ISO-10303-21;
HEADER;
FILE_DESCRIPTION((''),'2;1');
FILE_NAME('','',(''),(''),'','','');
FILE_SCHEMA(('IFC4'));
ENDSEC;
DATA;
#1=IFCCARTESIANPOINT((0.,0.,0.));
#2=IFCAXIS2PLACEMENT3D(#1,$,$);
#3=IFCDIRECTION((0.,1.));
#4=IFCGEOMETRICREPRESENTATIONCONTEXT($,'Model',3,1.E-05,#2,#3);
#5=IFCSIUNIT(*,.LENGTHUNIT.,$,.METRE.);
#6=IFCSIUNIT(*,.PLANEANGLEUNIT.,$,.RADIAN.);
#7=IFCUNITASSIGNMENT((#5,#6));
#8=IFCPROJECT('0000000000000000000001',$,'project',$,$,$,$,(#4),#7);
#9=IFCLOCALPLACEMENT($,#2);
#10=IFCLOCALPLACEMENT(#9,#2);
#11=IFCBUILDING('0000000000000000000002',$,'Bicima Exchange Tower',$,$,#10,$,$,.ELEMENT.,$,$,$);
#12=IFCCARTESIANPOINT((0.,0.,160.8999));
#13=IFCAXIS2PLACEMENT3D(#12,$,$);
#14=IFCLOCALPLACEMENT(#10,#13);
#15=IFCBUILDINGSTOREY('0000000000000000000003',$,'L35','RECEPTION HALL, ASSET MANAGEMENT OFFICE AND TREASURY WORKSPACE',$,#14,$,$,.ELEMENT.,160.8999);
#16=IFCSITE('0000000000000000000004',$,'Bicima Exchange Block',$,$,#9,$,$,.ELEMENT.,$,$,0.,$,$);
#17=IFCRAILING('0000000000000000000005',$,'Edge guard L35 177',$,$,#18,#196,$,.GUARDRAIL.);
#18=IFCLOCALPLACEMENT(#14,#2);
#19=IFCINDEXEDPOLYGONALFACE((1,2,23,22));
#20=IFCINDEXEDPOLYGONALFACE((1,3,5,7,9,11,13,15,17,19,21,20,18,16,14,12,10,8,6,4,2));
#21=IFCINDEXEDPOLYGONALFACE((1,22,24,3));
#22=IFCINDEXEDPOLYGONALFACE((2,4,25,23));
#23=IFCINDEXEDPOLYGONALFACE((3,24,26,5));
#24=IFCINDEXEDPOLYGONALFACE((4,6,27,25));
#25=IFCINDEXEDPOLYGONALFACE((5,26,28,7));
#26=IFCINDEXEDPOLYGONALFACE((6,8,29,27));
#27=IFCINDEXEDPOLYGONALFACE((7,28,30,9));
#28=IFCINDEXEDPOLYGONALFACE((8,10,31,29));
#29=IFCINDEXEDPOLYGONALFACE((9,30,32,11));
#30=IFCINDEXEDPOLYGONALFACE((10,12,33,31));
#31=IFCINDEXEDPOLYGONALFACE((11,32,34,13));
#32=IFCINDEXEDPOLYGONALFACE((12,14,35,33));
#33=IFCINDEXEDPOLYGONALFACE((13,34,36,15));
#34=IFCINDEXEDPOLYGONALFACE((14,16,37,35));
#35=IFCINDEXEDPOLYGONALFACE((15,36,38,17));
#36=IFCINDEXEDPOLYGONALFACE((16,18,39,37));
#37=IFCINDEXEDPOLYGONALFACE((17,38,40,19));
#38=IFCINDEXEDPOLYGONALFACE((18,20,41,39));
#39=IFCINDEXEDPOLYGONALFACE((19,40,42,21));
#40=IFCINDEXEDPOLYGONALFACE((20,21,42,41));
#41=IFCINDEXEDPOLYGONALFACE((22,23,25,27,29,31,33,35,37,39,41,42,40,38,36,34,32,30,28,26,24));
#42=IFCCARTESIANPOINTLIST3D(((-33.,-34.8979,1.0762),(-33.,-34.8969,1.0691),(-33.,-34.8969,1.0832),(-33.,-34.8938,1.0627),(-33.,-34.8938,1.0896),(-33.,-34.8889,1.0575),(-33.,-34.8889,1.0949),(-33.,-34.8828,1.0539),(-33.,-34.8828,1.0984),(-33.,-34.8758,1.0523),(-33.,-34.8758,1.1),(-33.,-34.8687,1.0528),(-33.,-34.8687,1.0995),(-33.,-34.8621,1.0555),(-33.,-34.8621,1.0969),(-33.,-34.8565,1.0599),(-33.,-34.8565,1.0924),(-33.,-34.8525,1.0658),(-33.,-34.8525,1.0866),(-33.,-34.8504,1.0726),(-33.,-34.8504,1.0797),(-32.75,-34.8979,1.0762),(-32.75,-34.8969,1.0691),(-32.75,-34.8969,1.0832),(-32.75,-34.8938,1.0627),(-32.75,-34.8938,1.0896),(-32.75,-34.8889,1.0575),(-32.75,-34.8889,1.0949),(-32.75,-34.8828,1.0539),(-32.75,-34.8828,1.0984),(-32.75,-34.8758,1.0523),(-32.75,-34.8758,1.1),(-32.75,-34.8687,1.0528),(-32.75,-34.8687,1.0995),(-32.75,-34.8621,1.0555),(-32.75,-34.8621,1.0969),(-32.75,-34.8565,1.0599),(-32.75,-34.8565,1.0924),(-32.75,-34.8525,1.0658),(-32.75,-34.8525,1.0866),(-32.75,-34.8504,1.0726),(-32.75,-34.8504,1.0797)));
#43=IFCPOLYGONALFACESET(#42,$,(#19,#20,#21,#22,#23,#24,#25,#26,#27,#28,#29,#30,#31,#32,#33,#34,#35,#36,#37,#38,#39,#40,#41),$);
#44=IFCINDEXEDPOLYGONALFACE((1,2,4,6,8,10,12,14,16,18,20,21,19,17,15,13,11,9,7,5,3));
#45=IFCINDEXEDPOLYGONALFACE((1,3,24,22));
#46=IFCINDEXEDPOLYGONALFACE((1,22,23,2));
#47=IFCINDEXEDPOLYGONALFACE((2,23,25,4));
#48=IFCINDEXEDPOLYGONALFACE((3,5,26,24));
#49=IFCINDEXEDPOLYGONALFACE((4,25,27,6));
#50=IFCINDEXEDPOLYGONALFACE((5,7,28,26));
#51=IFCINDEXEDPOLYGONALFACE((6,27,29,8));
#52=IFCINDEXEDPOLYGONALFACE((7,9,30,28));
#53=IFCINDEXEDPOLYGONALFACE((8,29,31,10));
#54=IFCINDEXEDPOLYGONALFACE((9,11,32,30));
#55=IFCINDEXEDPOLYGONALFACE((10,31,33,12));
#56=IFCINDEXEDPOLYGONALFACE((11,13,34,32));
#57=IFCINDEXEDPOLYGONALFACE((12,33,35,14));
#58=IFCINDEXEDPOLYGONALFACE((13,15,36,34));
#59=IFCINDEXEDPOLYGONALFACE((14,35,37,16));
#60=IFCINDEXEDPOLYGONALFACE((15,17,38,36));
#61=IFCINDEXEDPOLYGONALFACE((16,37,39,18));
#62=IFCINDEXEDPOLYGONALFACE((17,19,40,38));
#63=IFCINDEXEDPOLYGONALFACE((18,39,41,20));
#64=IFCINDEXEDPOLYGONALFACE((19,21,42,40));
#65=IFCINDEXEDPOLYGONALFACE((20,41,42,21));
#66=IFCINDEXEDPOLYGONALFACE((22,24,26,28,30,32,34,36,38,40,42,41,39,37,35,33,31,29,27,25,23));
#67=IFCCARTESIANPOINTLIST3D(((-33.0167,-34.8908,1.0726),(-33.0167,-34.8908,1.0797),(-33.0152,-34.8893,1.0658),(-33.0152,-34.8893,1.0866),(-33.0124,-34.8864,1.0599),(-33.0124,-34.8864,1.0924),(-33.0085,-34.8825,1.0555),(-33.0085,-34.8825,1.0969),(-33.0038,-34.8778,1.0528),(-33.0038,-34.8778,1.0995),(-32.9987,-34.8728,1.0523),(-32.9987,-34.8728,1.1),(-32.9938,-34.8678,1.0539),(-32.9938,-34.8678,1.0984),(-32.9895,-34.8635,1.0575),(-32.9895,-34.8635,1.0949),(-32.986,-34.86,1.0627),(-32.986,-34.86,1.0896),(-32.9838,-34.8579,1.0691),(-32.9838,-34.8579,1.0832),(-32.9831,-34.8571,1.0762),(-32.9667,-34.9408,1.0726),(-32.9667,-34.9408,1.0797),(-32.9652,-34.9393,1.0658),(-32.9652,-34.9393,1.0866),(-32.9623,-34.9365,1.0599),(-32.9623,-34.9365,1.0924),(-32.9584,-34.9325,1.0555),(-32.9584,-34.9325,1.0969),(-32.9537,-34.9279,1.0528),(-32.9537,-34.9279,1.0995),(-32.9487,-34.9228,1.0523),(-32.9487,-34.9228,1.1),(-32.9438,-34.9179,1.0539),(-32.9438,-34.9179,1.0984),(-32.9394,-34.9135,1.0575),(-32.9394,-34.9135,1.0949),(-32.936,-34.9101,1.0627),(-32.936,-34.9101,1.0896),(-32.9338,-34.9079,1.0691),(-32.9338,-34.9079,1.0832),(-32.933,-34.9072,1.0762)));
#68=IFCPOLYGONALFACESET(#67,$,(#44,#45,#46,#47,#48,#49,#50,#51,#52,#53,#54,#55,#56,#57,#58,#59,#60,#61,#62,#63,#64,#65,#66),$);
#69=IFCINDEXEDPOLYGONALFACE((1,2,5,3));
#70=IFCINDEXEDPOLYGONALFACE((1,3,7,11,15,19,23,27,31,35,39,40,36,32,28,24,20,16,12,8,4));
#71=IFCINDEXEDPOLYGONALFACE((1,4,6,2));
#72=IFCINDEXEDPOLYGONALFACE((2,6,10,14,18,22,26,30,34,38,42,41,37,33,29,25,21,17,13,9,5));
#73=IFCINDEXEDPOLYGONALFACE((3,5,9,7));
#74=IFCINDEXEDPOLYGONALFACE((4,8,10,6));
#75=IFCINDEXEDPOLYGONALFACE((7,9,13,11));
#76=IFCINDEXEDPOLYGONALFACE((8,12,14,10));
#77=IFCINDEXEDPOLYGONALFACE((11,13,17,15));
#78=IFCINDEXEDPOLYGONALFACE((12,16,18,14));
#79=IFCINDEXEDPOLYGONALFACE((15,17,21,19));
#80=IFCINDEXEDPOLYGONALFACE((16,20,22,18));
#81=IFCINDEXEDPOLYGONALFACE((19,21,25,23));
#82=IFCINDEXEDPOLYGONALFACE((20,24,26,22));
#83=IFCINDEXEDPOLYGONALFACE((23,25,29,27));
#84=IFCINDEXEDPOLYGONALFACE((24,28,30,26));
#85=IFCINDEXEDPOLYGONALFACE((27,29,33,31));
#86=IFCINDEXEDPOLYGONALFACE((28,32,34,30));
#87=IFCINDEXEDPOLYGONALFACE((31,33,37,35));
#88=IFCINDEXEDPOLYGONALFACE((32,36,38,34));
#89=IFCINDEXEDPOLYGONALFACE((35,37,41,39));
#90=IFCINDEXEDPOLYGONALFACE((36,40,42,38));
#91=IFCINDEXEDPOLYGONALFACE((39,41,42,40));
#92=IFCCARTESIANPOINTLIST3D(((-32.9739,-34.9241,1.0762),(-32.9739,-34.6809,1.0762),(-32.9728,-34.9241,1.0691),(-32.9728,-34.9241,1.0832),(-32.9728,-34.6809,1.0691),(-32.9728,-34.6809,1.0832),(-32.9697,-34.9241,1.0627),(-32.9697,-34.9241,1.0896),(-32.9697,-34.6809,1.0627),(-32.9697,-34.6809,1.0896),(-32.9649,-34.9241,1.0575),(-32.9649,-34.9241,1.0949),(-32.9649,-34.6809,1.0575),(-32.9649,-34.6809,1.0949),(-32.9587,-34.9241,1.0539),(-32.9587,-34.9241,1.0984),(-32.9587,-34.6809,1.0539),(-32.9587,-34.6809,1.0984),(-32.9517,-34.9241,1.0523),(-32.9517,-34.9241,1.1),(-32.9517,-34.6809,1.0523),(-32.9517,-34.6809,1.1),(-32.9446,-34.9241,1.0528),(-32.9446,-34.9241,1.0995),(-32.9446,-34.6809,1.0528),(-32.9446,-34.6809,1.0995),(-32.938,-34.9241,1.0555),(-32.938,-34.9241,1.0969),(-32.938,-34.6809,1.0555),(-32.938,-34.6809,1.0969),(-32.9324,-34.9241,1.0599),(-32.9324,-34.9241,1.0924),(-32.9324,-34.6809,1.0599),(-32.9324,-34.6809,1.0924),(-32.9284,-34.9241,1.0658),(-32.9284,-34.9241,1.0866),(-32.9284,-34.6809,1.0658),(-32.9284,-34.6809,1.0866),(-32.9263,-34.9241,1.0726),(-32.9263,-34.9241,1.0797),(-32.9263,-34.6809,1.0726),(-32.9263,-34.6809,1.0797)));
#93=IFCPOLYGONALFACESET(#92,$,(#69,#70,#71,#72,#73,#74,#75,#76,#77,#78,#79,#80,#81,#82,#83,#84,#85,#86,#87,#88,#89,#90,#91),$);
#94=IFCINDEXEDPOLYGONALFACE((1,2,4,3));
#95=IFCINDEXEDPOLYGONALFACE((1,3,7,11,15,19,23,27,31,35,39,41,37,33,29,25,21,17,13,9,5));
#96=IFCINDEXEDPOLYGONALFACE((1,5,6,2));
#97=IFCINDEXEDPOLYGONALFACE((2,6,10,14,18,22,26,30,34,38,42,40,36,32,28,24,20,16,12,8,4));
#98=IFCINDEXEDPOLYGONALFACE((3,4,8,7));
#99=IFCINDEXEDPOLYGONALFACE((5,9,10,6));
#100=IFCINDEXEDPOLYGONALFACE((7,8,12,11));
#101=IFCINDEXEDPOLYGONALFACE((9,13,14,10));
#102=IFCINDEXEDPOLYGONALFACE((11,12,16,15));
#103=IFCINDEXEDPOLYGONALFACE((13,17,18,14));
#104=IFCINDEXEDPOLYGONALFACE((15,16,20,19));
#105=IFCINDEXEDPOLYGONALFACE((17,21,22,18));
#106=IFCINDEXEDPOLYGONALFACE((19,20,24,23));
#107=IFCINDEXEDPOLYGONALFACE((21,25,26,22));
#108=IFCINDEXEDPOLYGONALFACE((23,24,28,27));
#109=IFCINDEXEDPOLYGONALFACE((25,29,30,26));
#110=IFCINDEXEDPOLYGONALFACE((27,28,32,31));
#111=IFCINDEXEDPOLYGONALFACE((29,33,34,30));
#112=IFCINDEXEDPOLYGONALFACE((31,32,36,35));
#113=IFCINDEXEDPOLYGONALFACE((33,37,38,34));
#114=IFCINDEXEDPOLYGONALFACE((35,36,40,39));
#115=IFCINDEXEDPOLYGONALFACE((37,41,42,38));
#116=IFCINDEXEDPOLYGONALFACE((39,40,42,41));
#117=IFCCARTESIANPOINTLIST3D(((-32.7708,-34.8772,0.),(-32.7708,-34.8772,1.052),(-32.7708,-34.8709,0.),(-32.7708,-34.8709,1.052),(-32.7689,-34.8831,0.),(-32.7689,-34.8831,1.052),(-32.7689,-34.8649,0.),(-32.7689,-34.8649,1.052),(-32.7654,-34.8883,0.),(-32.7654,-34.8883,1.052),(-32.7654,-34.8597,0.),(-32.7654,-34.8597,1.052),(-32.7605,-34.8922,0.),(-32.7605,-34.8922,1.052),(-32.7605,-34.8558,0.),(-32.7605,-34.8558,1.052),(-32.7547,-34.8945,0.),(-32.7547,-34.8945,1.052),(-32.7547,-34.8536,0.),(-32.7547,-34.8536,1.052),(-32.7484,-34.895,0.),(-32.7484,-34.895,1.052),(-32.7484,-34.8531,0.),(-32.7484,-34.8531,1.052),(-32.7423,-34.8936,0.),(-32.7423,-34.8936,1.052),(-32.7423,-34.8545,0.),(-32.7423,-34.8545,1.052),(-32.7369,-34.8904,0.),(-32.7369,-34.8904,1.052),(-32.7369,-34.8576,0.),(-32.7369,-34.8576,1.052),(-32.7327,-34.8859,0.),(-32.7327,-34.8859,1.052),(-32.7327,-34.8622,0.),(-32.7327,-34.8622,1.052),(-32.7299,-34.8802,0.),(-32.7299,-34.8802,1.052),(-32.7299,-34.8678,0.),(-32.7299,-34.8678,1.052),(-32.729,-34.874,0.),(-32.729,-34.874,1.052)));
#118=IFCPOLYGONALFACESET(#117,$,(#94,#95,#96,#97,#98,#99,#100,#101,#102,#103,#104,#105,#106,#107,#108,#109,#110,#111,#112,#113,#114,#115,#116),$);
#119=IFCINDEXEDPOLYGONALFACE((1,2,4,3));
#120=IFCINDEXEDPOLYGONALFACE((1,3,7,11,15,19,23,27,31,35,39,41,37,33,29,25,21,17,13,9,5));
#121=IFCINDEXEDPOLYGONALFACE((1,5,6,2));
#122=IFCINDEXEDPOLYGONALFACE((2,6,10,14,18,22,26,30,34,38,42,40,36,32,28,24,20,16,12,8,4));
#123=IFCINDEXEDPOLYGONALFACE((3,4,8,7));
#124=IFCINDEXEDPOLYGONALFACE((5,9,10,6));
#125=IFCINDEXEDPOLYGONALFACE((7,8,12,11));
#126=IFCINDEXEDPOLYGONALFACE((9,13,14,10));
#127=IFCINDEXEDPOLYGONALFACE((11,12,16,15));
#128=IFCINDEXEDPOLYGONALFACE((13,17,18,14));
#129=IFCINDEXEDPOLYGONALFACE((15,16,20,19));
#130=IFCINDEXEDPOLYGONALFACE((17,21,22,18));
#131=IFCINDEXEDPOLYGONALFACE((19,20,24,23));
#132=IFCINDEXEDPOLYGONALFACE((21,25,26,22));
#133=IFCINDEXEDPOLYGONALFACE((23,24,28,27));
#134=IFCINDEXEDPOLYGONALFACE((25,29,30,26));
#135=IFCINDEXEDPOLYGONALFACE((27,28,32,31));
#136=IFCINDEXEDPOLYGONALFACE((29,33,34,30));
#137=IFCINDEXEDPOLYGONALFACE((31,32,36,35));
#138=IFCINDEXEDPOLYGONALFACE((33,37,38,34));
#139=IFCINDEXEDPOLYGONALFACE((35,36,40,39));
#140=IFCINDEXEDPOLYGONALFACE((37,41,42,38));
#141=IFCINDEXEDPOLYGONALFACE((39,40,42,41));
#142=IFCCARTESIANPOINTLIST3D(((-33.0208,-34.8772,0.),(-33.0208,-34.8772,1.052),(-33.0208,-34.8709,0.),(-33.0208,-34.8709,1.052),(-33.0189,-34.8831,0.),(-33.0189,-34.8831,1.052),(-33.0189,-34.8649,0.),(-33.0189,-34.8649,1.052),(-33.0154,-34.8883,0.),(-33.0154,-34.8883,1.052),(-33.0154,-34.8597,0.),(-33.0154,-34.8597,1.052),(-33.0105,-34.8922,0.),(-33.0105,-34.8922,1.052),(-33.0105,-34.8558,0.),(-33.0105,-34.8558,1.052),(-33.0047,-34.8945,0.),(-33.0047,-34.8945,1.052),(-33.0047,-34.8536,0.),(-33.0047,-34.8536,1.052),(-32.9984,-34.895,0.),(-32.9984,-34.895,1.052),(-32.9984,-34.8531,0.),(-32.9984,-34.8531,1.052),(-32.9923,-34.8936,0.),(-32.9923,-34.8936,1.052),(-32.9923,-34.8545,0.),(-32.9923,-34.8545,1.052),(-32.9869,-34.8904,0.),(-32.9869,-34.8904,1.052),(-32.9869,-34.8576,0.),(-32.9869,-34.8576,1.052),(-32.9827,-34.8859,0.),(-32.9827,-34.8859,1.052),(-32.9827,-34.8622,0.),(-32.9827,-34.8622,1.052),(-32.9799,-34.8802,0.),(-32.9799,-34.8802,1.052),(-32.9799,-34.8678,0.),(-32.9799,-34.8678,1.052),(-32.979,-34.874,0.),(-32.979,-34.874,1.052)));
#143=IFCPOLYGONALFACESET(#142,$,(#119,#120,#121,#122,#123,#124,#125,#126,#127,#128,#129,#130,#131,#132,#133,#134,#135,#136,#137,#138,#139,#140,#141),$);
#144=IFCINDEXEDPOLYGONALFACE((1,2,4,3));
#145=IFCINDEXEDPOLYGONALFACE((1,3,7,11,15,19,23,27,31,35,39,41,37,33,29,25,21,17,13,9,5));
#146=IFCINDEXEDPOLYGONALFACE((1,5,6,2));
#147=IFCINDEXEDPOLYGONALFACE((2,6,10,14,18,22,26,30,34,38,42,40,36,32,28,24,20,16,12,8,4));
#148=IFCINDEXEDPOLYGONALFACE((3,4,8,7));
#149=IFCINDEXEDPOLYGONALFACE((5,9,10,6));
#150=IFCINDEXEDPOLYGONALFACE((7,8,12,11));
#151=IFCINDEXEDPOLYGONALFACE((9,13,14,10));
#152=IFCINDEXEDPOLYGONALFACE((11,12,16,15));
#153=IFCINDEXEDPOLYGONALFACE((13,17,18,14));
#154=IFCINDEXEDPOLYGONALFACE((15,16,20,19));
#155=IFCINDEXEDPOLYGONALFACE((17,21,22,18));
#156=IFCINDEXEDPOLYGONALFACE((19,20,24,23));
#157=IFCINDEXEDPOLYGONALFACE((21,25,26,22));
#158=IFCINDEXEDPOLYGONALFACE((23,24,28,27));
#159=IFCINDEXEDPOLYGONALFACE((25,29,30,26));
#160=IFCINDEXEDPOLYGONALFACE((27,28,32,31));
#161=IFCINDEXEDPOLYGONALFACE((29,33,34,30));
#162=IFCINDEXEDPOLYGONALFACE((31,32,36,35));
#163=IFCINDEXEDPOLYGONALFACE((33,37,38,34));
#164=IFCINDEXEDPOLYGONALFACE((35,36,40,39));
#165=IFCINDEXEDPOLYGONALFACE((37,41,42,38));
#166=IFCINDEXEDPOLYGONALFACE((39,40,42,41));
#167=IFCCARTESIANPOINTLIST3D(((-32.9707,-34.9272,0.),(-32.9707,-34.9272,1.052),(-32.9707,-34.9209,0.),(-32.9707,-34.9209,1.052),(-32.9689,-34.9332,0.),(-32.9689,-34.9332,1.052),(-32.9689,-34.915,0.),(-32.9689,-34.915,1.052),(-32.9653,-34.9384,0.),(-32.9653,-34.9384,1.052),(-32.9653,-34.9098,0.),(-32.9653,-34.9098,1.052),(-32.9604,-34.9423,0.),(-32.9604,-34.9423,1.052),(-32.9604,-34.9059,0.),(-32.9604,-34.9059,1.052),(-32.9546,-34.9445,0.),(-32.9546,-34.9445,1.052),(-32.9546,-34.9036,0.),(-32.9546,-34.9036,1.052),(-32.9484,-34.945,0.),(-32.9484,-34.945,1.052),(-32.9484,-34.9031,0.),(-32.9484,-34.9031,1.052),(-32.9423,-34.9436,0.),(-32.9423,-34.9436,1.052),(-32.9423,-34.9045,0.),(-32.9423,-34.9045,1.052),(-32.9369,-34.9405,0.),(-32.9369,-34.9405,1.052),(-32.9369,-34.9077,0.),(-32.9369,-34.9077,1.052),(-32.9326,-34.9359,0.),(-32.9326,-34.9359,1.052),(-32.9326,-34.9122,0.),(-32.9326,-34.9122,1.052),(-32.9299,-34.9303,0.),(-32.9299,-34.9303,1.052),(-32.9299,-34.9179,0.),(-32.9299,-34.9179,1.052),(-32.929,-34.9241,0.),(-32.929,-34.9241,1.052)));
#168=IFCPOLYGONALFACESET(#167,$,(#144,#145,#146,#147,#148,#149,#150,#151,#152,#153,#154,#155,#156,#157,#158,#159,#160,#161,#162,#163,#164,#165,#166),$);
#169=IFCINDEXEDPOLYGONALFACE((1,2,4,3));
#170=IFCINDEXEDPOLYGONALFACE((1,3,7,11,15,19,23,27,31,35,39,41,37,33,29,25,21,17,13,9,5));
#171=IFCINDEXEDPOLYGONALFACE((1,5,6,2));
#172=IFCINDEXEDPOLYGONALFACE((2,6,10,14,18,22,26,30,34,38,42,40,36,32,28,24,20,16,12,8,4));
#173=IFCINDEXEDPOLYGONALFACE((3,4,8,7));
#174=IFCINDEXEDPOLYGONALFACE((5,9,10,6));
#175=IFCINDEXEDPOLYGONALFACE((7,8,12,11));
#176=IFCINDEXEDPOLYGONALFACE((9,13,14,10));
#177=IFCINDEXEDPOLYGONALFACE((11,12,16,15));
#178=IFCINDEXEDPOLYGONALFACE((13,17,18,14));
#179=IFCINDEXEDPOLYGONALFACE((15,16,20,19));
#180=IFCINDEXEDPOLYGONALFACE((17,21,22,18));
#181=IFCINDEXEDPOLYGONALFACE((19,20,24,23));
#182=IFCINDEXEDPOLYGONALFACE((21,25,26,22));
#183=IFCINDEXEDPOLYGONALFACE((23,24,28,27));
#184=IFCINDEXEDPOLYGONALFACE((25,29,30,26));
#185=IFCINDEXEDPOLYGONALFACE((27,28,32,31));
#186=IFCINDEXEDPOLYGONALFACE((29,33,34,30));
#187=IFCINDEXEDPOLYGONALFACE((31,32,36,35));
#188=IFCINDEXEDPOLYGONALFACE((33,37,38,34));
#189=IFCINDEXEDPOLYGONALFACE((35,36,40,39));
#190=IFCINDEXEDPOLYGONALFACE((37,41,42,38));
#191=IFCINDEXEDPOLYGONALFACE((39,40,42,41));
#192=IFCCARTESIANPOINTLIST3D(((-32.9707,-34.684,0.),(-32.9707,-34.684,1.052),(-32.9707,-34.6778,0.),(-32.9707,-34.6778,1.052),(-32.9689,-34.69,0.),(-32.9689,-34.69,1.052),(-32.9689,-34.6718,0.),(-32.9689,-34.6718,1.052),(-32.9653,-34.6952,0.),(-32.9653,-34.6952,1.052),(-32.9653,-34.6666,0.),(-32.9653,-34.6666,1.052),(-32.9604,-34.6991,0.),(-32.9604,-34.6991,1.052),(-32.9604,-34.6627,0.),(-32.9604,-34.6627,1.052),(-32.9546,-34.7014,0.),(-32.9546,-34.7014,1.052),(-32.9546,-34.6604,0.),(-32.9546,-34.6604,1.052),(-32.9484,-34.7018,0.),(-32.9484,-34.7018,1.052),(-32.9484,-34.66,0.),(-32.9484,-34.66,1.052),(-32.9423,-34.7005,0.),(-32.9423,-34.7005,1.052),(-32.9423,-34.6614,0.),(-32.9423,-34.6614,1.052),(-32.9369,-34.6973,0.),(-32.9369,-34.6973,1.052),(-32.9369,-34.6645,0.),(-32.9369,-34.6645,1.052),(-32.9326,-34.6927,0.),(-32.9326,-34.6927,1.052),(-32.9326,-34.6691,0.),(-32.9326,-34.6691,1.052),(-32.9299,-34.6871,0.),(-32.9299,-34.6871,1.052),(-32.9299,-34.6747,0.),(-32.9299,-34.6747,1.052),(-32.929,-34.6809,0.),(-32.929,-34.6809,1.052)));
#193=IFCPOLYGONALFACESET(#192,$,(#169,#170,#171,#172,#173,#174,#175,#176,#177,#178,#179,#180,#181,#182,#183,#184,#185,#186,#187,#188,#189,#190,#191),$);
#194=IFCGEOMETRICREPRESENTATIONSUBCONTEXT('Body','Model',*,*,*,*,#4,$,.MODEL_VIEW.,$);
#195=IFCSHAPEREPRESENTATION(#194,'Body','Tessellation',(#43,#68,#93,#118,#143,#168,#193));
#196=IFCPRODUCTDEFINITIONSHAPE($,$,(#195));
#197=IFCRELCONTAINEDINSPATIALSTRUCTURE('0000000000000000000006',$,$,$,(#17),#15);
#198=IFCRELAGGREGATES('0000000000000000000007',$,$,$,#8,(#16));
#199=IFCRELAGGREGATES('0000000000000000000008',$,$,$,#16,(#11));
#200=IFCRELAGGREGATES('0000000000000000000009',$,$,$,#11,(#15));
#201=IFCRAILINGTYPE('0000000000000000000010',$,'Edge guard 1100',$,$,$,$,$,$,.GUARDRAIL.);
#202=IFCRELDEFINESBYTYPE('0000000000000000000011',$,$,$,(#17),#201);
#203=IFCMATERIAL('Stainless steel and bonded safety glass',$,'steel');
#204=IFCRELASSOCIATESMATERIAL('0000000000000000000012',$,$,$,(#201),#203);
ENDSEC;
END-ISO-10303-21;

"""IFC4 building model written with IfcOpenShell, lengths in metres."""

from ifc_helpers import new_model, si_unit, direction, frame, origin, origin_2d, place, context, subcontext, project, spatial, circle, extrude, material, type_object, element, save


model = new_model("IFC4")

# Units and contexts
model_context = context("Model", 3, precision=1e-05, world=origin(), true_north=direction((0.0, 1.0)))
body_context = subcontext(model_context, "Body", "Model", "MODEL_VIEW")
ifc_project = project(units=[si_unit("LENGTHUNIT", "METRE"), si_unit("PLANEANGLEUNIT", "RADIAN")], contexts=[model_context])

# Site, building, storey
site_placement = place(None, origin())
site = spatial("IfcSite", under=ifc_project, at=site_placement, Name="Bicima Exchange Block", CompositionType="ELEMENT", RefElevation=0.0)
building_placement = place(site_placement, origin())
building = spatial("IfcBuilding", under=site, at=building_placement, Name="Bicima Exchange Tower", CompositionType="ELEMENT")
storey_placement = place(building_placement, frame((0.0, 0.0, 160.8999)))
storey = spatial("IfcBuildingStorey", under=building, at=storey_placement, Name="L35", Description="RECEPTION HALL, ASSET MANAGEMENT OFFICE AND TREASURY WORKSPACE", CompositionType="ELEMENT", Elevation=160.8999)

# Railing
ifc_material_1 = material(Name="Stainless steel and bonded safety glass", Category="steel")
railing_type = type_object("IfcRailingType", Name="Edge guard 1100", PredefinedType="GUARDRAIL", material=ifc_material_1)
railing_1_placement = place(storey_placement, frame((-32.75, -34.874, 0.0)))
element("IfcRailing", 1, at=railing_1_placement, inside=storey, type_object=railing_type, Name="Edge guard L35 177", PredefinedType="GUARDRAIL", context=body_context, shape_type="SweptSolid", body=[
    extrude(circle(Radius=0.0239, at=origin_2d()), frame((0.0, 0.0, 1.0762), z_axis=(-1.0, 0.0, 0.0), x_axis=(0.0, -1.0, 0.0)), (0.0, 0.0, 1.0), 0.25),
    extrude(circle(Radius=0.0239, at=origin_2d()), frame((-0.25, 0.0, 1.0762), z_axis=(0.707107, -0.707107, 0.0), x_axis=(0.707107, 0.707107, 0.0)), (0.0, 0.0, 1.0), 0.0708),
    extrude(circle(Radius=0.0239, at=origin_2d()), frame((-0.2, -0.05, 1.0762), z_axis=(0.0, 1.0, 0.0), x_axis=(-1.0, 0.0, 0.0)), (0.0, 0.0, 1.0), 0.2432),
    extrude(circle(Radius=0.021, at=origin_2d()), origin(), (0.0, 0.0, 1.0), 1.052),
    extrude(circle(Radius=0.021, at=origin_2d()), frame((-0.25, 0.0, 0.0)), (0.0, 0.0, 1.0), 1.052),
    extrude(circle(Radius=0.021, at=origin_2d()), frame((-0.2, -0.05, 0.0)), (0.0, 0.0, 1.0), 1.052),
    extrude(circle(Radius=0.021, at=origin_2d()), frame((-0.2, 0.1931, 0.0)), (0.0, 0.0, 1.0), 1.052),
])

save(model, "model.ifc")
